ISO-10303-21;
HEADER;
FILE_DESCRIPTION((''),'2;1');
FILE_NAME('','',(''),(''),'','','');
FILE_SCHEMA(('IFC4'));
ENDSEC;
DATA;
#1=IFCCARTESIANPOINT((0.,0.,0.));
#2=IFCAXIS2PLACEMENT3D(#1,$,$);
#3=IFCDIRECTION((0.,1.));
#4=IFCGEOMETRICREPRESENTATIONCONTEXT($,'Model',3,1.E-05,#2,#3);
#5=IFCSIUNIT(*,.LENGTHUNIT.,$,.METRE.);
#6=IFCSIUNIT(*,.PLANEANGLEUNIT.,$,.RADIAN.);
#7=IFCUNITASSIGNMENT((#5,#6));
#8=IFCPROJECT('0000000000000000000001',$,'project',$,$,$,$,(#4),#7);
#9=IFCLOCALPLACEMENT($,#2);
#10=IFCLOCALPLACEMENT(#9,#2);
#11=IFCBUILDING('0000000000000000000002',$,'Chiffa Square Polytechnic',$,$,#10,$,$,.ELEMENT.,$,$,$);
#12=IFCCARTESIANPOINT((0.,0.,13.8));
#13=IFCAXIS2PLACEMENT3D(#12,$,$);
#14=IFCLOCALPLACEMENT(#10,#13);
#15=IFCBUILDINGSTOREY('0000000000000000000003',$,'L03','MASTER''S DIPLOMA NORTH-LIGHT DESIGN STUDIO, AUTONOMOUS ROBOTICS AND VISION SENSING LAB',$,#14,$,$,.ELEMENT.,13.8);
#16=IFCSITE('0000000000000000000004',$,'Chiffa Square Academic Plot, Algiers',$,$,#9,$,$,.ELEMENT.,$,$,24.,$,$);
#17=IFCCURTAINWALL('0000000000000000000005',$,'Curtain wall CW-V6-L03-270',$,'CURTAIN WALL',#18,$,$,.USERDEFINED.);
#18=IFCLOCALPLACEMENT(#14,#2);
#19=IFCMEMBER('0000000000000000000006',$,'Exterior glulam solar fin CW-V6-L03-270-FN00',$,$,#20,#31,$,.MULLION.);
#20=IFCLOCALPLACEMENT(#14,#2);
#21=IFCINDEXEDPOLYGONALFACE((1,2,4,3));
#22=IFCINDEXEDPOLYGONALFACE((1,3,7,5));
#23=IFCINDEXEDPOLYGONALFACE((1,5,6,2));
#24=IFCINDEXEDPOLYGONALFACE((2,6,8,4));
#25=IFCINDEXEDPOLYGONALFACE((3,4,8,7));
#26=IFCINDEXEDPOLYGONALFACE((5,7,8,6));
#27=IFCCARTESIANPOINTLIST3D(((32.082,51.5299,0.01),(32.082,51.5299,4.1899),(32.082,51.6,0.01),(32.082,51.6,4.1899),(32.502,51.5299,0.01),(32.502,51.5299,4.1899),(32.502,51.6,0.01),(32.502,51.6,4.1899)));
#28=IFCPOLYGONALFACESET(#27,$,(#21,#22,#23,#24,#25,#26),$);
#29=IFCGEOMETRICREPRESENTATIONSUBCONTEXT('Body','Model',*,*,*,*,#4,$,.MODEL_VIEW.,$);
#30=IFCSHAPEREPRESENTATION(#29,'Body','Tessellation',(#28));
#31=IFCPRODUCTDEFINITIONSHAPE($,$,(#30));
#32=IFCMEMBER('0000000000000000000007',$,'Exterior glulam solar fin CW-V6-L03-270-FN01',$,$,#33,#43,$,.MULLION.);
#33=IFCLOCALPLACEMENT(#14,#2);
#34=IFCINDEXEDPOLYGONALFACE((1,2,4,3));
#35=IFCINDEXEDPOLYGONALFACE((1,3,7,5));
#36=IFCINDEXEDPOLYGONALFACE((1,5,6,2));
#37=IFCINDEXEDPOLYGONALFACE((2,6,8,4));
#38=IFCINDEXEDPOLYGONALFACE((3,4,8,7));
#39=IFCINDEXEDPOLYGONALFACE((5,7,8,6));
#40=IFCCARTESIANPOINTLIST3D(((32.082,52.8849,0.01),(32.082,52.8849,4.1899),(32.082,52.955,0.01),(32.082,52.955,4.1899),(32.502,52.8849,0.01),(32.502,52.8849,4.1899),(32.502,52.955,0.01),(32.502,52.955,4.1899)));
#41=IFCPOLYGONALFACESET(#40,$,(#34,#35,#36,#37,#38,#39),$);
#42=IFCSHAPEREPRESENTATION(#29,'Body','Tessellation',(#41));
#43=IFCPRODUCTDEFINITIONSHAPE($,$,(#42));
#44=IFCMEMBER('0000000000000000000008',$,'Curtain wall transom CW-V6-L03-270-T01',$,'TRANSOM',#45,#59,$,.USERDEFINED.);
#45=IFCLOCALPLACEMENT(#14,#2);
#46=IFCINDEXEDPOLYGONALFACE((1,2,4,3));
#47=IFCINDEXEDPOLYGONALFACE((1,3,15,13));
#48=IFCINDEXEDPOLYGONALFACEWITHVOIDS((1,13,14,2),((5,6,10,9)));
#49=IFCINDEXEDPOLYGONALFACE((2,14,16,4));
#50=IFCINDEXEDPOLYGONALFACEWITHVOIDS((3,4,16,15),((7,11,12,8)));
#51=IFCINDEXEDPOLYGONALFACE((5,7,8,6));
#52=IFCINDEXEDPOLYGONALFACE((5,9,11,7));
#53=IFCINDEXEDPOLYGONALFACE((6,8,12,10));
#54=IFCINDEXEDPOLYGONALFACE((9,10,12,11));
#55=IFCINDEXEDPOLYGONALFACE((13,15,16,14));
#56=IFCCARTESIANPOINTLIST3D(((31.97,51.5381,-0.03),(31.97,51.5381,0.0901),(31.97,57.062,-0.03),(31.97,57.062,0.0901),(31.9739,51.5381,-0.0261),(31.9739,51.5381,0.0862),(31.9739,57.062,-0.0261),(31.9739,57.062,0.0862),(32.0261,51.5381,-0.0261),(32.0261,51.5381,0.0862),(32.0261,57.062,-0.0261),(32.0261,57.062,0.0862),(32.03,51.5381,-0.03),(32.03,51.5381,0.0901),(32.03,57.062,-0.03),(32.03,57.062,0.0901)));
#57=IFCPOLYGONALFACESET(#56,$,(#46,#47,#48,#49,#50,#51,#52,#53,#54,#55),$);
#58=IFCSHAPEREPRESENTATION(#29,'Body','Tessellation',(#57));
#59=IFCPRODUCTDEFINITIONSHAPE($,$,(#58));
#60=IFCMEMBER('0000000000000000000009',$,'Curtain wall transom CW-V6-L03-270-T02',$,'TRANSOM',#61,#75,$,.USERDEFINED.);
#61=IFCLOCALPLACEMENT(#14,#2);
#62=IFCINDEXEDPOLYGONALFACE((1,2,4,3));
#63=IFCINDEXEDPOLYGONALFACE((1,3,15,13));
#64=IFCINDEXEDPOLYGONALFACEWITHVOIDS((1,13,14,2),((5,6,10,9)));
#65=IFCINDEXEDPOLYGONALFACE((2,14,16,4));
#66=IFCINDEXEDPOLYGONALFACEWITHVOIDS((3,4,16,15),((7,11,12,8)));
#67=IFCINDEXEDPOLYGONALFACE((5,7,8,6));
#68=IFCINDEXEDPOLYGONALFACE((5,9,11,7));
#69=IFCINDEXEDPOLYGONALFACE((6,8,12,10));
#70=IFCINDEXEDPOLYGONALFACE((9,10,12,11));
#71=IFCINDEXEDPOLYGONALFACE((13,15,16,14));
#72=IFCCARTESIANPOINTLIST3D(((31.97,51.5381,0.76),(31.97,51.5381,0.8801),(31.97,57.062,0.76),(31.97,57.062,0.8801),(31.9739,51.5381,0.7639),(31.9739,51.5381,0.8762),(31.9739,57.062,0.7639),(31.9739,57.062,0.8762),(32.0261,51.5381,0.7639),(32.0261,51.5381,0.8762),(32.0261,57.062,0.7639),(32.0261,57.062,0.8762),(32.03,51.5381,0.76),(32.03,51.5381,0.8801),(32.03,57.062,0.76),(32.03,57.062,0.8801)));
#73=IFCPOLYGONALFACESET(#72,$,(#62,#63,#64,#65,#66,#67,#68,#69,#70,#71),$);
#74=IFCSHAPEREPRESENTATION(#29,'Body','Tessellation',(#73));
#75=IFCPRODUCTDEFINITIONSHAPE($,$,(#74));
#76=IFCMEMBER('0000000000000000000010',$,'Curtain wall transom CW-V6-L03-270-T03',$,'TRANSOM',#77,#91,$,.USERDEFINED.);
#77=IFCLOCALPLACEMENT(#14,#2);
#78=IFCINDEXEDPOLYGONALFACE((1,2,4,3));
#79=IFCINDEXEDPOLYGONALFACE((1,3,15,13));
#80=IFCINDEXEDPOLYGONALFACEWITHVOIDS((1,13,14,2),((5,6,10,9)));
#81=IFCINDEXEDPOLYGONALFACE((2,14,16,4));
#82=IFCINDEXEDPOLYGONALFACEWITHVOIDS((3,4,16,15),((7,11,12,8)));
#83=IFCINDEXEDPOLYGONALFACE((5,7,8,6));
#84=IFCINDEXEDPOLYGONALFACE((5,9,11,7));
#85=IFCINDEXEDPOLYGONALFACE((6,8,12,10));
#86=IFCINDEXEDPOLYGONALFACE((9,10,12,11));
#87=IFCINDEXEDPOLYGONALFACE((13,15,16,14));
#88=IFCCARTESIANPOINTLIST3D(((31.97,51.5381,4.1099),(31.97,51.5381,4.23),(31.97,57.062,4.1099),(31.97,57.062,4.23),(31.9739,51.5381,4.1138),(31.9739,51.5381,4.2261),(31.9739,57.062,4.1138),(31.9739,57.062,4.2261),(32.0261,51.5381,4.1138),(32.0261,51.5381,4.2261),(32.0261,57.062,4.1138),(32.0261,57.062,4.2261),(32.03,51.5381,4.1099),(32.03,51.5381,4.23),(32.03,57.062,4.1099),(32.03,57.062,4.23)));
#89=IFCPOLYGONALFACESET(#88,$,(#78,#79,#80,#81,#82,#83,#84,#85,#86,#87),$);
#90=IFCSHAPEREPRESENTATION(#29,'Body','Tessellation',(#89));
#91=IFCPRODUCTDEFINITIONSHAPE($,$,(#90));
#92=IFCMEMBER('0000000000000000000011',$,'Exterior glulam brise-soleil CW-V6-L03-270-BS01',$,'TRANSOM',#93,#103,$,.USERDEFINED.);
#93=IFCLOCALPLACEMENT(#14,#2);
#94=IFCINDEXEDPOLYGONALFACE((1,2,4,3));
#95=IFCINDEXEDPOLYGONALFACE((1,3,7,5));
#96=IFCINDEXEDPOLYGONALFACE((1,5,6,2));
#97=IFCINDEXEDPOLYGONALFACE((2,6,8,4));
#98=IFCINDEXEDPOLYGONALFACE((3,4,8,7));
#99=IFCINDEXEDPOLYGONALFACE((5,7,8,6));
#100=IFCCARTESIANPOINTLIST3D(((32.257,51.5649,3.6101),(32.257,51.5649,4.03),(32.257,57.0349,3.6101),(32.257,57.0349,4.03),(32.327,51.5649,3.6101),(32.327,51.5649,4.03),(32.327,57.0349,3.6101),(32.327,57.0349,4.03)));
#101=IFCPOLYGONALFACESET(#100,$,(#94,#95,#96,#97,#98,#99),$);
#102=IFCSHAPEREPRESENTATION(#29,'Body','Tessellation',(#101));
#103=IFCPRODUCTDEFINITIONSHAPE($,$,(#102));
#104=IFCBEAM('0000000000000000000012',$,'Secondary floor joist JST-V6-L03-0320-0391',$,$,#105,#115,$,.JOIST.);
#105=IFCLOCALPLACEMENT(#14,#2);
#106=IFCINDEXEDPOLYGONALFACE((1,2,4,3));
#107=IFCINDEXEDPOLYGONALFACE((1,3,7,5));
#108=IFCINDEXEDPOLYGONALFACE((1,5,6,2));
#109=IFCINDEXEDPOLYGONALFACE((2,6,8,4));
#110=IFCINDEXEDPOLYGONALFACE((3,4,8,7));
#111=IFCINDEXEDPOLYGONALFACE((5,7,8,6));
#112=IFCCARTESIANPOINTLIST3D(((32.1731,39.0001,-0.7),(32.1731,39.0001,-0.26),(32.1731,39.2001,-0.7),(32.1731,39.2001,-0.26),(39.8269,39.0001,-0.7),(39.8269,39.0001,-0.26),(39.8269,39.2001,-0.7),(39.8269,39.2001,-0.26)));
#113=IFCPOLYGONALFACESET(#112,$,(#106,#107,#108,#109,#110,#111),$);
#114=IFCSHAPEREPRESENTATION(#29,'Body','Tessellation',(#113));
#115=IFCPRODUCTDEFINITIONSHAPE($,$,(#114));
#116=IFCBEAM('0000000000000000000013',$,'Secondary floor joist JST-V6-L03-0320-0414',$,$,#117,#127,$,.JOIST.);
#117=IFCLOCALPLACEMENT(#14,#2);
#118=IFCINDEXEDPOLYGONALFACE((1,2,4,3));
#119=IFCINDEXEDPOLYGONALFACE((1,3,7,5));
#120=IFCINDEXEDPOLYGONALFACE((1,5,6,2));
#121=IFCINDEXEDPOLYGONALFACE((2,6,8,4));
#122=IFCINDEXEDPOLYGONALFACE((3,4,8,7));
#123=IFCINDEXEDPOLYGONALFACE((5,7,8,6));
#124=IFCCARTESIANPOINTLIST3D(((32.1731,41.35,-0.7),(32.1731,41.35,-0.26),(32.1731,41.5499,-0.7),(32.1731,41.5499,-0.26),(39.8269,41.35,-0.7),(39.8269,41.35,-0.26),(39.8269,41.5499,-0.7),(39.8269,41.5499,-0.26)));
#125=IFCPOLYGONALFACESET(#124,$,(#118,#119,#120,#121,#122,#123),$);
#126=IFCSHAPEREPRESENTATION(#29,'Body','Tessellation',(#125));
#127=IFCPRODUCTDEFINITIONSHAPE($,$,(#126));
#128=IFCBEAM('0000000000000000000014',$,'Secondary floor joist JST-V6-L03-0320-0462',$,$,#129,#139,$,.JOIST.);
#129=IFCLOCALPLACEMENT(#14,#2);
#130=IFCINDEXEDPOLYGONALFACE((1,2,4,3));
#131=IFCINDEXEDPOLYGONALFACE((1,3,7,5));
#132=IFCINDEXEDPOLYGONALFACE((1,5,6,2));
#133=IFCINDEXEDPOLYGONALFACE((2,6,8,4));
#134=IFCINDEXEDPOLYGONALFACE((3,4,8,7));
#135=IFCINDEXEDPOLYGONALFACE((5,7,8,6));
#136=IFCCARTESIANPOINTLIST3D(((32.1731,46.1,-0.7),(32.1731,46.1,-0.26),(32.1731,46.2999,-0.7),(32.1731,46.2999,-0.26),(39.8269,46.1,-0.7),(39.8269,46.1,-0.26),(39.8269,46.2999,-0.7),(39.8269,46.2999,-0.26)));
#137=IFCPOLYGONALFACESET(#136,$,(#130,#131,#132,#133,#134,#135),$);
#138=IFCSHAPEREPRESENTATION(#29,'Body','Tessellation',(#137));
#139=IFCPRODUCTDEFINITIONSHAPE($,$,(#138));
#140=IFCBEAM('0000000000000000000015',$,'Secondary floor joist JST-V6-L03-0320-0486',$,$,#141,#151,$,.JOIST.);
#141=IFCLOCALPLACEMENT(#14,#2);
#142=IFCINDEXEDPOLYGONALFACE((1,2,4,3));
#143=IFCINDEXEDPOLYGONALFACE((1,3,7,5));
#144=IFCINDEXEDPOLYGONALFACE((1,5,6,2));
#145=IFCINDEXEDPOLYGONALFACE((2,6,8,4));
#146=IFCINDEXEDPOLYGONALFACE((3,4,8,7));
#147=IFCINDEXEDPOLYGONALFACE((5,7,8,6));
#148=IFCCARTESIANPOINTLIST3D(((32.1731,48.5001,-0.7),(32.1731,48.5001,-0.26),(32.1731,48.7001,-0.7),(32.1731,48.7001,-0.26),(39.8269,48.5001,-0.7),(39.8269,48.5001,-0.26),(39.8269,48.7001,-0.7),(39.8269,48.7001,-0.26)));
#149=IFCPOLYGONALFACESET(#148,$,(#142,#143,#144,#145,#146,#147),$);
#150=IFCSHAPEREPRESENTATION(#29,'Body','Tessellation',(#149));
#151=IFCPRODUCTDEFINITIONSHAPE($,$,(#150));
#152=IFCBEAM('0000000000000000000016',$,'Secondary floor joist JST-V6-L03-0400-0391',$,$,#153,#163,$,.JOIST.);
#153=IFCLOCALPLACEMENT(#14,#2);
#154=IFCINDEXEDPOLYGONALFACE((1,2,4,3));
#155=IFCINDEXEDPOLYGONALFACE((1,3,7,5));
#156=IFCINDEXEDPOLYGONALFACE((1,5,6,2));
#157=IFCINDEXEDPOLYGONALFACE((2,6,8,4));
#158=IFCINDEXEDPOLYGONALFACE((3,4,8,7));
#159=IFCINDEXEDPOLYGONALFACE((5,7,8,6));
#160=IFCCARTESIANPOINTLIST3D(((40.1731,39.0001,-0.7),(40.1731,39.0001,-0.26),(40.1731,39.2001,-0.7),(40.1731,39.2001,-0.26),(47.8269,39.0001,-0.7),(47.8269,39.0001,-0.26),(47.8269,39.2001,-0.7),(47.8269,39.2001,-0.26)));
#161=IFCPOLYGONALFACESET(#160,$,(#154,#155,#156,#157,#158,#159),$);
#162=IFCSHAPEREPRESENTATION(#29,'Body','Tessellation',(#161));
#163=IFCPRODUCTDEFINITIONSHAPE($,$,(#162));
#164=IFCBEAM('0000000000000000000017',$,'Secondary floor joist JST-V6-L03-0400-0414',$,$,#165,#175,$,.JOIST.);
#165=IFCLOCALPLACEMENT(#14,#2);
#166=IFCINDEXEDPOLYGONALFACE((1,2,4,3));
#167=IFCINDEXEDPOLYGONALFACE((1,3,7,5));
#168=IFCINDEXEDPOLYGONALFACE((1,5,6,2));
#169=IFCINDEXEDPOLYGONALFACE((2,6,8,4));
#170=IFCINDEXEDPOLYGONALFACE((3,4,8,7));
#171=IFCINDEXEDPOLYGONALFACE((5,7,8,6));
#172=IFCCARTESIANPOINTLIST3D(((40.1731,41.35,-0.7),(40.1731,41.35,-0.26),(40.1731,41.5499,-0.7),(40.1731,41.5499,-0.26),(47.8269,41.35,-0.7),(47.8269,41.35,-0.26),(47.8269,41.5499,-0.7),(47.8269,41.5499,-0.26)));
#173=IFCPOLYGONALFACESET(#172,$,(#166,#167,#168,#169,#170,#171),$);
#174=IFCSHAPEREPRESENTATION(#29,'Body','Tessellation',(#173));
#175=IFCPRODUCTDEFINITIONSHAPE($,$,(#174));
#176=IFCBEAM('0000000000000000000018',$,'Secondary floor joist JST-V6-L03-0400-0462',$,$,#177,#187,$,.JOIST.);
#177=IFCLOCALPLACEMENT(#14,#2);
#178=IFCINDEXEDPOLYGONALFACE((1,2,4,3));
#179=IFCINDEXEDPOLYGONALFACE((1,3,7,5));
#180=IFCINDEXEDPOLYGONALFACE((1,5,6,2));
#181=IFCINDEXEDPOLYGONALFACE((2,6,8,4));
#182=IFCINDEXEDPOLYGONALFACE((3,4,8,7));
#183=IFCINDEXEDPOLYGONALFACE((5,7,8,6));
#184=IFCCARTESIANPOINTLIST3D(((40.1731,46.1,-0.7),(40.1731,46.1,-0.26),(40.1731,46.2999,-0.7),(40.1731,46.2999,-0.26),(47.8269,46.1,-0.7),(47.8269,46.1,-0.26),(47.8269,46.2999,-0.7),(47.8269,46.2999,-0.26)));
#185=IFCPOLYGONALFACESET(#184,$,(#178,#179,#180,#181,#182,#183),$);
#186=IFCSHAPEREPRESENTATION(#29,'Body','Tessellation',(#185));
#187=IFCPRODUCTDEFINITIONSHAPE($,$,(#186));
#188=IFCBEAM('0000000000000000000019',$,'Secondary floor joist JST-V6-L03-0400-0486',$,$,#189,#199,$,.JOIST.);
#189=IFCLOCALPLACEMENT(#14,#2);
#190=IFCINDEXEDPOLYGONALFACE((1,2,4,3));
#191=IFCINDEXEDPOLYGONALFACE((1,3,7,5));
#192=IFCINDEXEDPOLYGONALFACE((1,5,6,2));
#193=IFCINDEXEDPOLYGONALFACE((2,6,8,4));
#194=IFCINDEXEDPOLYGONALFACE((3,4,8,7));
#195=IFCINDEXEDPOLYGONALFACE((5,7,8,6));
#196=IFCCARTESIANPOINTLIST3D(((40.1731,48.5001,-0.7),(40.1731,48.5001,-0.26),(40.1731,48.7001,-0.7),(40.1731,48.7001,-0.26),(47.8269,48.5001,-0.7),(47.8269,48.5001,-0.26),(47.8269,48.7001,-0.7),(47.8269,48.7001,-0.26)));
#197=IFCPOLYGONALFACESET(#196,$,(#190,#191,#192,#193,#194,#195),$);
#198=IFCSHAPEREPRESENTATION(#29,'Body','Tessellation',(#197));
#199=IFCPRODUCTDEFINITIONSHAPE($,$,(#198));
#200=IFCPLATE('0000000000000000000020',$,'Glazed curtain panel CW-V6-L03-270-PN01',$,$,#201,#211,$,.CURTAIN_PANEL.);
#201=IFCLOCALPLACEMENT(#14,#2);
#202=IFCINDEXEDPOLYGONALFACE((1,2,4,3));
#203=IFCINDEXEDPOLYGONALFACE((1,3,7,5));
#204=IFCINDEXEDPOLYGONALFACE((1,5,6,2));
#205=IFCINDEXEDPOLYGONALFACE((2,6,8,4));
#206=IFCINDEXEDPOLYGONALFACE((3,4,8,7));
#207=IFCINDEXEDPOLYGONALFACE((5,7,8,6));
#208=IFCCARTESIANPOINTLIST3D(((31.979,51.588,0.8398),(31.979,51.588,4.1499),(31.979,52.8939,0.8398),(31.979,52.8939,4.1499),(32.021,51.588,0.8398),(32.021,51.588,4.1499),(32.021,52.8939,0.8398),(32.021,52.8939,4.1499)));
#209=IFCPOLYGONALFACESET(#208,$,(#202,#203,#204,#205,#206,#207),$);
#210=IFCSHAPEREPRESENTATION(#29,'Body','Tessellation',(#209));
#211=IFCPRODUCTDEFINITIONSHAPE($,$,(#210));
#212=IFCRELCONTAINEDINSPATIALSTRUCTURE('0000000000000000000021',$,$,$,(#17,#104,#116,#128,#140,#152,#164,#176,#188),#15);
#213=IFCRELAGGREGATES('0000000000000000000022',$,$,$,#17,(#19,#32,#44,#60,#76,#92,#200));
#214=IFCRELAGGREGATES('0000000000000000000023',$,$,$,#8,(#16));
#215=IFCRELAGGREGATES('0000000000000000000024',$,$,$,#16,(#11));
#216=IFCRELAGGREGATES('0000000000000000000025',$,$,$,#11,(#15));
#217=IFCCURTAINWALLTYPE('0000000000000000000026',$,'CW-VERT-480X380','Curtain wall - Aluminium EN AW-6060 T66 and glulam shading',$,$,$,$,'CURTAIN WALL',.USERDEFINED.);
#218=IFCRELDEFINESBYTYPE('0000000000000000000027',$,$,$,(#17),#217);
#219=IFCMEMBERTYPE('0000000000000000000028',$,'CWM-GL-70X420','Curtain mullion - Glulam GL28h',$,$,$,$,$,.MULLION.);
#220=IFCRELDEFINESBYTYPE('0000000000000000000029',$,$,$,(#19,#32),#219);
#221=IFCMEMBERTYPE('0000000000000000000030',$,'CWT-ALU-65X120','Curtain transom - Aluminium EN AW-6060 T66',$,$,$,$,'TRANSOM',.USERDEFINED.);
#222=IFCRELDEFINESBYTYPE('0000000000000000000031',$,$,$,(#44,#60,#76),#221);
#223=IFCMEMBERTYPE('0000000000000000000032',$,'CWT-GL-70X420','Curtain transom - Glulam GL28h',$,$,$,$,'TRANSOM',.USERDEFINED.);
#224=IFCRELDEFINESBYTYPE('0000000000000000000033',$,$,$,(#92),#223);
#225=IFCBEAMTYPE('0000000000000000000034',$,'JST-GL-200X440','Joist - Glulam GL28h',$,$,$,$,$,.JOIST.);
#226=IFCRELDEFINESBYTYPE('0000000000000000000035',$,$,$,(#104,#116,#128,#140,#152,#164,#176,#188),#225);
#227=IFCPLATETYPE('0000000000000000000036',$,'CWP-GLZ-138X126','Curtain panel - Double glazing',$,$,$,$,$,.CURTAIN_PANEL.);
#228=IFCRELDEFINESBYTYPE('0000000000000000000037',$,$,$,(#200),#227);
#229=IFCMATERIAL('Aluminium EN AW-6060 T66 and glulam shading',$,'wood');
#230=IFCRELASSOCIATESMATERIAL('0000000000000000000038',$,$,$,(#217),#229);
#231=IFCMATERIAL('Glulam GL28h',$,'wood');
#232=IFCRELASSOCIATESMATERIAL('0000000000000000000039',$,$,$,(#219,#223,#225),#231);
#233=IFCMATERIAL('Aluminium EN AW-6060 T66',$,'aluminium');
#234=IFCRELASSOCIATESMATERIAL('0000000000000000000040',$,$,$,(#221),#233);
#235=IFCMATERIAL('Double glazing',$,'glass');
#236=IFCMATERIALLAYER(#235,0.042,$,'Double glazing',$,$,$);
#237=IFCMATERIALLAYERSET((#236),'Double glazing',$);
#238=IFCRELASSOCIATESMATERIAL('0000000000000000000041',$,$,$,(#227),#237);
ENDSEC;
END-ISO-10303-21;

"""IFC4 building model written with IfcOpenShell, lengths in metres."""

from ifc_helpers import new_model, si_unit, direction, frame, origin, origin_2d, place, context, subcontext, project, spatial, rectangle, hollow_rectangle, extrude, material, layer, layer_set, material_profile, profile_set, type_object, element, aggregate, save


model = new_model("IFC4")

# Units and contexts
model_context = context("Model", 3, precision=1e-05, world=origin(), true_north=direction((0.0, 1.0)))
body_context = subcontext(model_context, "Body", "Model", "MODEL_VIEW")
ifc_project = project(units=[si_unit("LENGTHUNIT", "METRE"), si_unit("PLANEANGLEUNIT", "RADIAN")], contexts=[model_context])

# Site, building, storey
site_placement = place(None, origin())
site = spatial("IfcSite", under=ifc_project, at=site_placement, Name="Chiffa Square Academic Plot, Algiers", CompositionType="ELEMENT", RefElevation=24.0)
building_placement = place(site_placement, origin())
building = spatial("IfcBuilding", under=site, at=building_placement, Name="Chiffa Square Polytechnic", CompositionType="ELEMENT")
storey_placement = place(building_placement, frame((0.0, 0.0, 13.8)))
storey = spatial("IfcBuildingStorey", under=building, at=storey_placement, Name="L03", Description="MASTER'S DIPLOMA NORTH-LIGHT DESIGN STUDIO, AUTONOMOUS ROBOTICS AND VISION SENSING LAB", CompositionType="ELEMENT", Elevation=13.8)

# Curtain wall, members
ifc_material_1 = material(Name="Aluminium EN AW-6060 T66 and glulam shading", Category="wood")
curtain_wall_type = type_object("IfcCurtainWallType", Name="CW-VERT-480X380", Description="Curtain wall - Aluminium EN AW-6060 T66 and glulam shading", ElementType="CURTAIN WALL", PredefinedType="USERDEFINED", material=ifc_material_1)
curtain_wall_placement = place(storey_placement, origin())
curtain_wall = element("IfcCurtainWall", 1, at=curtain_wall_placement, inside=storey, type_object=curtain_wall_type, Name="Curtain wall CW-V6-L03-270", ObjectType="CURTAIN WALL", PredefinedType="USERDEFINED")
ifc_material_2 = material(Name="Aluminium EN AW-6060 T66", Category="aluminium")
ifc_material_3 = material(Name="Glulam GL28h", Category="wood")
ifc_material_profile_1 = material_profile(ifc_material_3, rectangle(XDim=0.0701, YDim=0.4199, at=origin_2d()), Name="GL28h 70x420")
ifc_profile_set_1 = profile_set([ifc_material_profile_1], Name="Glulam GL28h")
member_type_1 = type_object("IfcMemberType", Name="CWM-GL-70X420", Description="Curtain mullion - Glulam GL28h", PredefinedType="MULLION", material=ifc_profile_set_1)
member_1_placement = place(storey_placement, frame((32.292, 51.5649, 0.01), z_axis=(0.0, 0.0, 1.0), x_axis=(0.0, 1.0, 0.0)))
member_1 = element("IfcMember", 2, at=member_1_placement, type_object=member_type_1, Name="Exterior glulam solar fin CW-V6-L03-270-FN00", PredefinedType="MULLION", context=body_context, shape_type="SweptSolid", body=[
    extrude(rectangle(XDim=0.0701, YDim=0.4199, at=origin_2d()), origin(), (0.0, 0.0, 1.0), 4.1799),
])
member_2_placement = place(storey_placement, frame((32.292, 52.9199, 0.01), z_axis=(0.0, 0.0, 1.0), x_axis=(0.0, 1.0, 0.0)))
member_2 = element("IfcMember", 3, at=member_2_placement, type_object=member_type_1, Name="Exterior glulam solar fin CW-V6-L03-270-FN01", PredefinedType="MULLION", context=body_context, shape_type="SweptSolid", body=[
    extrude(rectangle(XDim=0.0701, YDim=0.4199, at=origin_2d()), origin(), (0.0, 0.0, 1.0), 4.1799),
])
ifc_material_profile_2 = material_profile(ifc_material_2, hollow_rectangle(XDim=0.0601, YDim=0.1201, WallThickness=0.0039, at=origin_2d()), Name="ALU 60x120x4")
ifc_profile_set_2 = profile_set([ifc_material_profile_2], Name="Aluminium EN AW-6060 T66")
member_type_2 = type_object("IfcMemberType", Name="CWT-ALU-65X120", Description="Curtain transom - Aluminium EN AW-6060 T66", ElementType="TRANSOM", PredefinedType="USERDEFINED", material=ifc_profile_set_2)
member_3_placement = place(storey_placement, frame((32.0, 51.5381, 0.03), z_axis=(0.0, 1.0, 0.0), x_axis=(-1.0, 0.0, 0.0)))
member_3 = element("IfcMember", 4, at=member_3_placement, type_object=member_type_2, Name="Curtain wall transom CW-V6-L03-270-T01", ObjectType="TRANSOM", PredefinedType="USERDEFINED", context=body_context, shape_type="SweptSolid", body=[
    extrude(hollow_rectangle(XDim=0.0601, YDim=0.1201, WallThickness=0.0039, at=origin_2d()), origin(), (0.0, 0.0, 1.0), 5.5239),
])
member_4_placement = place(storey_placement, frame((32.0, 51.5381, 0.8201), z_axis=(0.0, 1.0, 0.0), x_axis=(-1.0, 0.0, 0.0)))
member_4 = element("IfcMember", 5, at=member_4_placement, type_object=member_type_2, Name="Curtain wall transom CW-V6-L03-270-T02", ObjectType="TRANSOM", PredefinedType="USERDEFINED", context=body_context, shape_type="SweptSolid", body=[
    extrude(hollow_rectangle(XDim=0.0601, YDim=0.1201, WallThickness=0.0039, at=origin_2d()), origin(), (0.0, 0.0, 1.0), 5.5239),
])
member_5_placement = place(storey_placement, frame((32.0, 51.5381, 4.1699), z_axis=(0.0, 1.0, 0.0), x_axis=(-1.0, 0.0, 0.0)))
member_5 = element("IfcMember", 6, at=member_5_placement, type_object=member_type_2, Name="Curtain wall transom CW-V6-L03-270-T03", ObjectType="TRANSOM", PredefinedType="USERDEFINED", context=body_context, shape_type="SweptSolid", body=[
    extrude(hollow_rectangle(XDim=0.0601, YDim=0.1201, WallThickness=0.0039, at=origin_2d()), origin(), (0.0, 0.0, 1.0), 5.5239),
])
ifc_material_profile_3 = material_profile(ifc_material_3, rectangle(XDim=0.0701, YDim=0.4199, at=origin_2d()), Name="GL28h 70x420")
ifc_profile_set_3 = profile_set([ifc_material_profile_3], Name="Glulam GL28h")
member_type_3 = type_object("IfcMemberType", Name="CWT-GL-70X420", Description="Curtain transom - Glulam GL28h", ElementType="TRANSOM", PredefinedType="USERDEFINED", material=ifc_profile_set_3)
member_6_placement = place(storey_placement, frame((32.292, 51.5649, 3.8201), z_axis=(0.0, 1.0, 0.0), x_axis=(-1.0, 0.0, 0.0)))
member_6 = element("IfcMember", 7, at=member_6_placement, type_object=member_type_3, Name="Exterior glulam brise-soleil CW-V6-L03-270-BS01", ObjectType="TRANSOM", PredefinedType="USERDEFINED", context=body_context, shape_type="SweptSolid", body=[
    extrude(rectangle(XDim=0.0701, YDim=0.4199, at=origin_2d()), origin(), (0.0, 0.0, 1.0), 5.47),
])

# Beams
ifc_material_profile_4 = material_profile(ifc_material_3, rectangle(XDim=0.2, YDim=0.4399, at=origin_2d()), Name="GL28h 200x440")
ifc_profile_set_4 = profile_set([ifc_material_profile_4], Name="Glulam GL28h")
beam_type_1 = type_object("IfcBeamType", Name="JST-GL-200X440", Description="Joist - Glulam GL28h", PredefinedType="JOIST", material=ifc_profile_set_4)
for number, where, z_axis, x_axis, name in (
    (8, (32.1731, 39.1001, -0.48), (1.0, 0.0, 0.0), (0.0, 1.0, 0.0), "Secondary floor joist JST-V6-L03-0320-0391"),
    (9, (32.1731, 41.45, -0.48), (1.0, 0.0, 0.0), (0.0, 1.0, 0.0), "Secondary floor joist JST-V6-L03-0320-0414"),
    (10, (32.1731, 46.2, -0.48), (1.0, 0.0, 0.0), (0.0, 1.0, 0.0), "Secondary floor joist JST-V6-L03-0320-0462"),
    (11, (32.1731, 48.6001, -0.48), (1.0, 0.0, 0.0), (0.0, 1.0, 0.0), "Secondary floor joist JST-V6-L03-0320-0486"),
    (12, (40.1731, 39.1001, -0.48), (1.0, 0.0, 0.0), (0.0, 1.0, 0.0), "Secondary floor joist JST-V6-L03-0400-0391"),
    (13, (40.1731, 41.45, -0.48), (1.0, 0.0, 0.0), (0.0, 1.0, 0.0), "Secondary floor joist JST-V6-L03-0400-0414"),
    (14, (40.1731, 46.2, -0.48), (1.0, 0.0, 0.0), (0.0, 1.0, 0.0), "Secondary floor joist JST-V6-L03-0400-0462"),
    (15, (40.1731, 48.6001, -0.48), (1.0, 0.0, 0.0), (0.0, 1.0, 0.0), "Secondary floor joist JST-V6-L03-0400-0486"),
):
    element("IfcBeam", number, at=place(storey_placement, frame(where, z_axis=z_axis, x_axis=x_axis)), inside=storey, type_object=beam_type_1, Name=name, PredefinedType="JOIST", context=body_context, shape_type="SweptSolid", body=[
        extrude(rectangle(XDim=0.2, YDim=0.4399, at=origin_2d()), origin(), (0.0, 0.0, 1.0), 7.6538),
    ])

# Plate
ifc_material_4 = material(Name="Double glazing", Category="glass")
ifc_layer_1 = layer(ifc_material_4, 0.042, Name="Double glazing")
ifc_layer_set_1 = layer_set([ifc_layer_1], Name="Double glazing")
plate_type_1 = type_object("IfcPlateType", Name="CWP-GLZ-138X126", Description="Curtain panel - Double glazing", PredefinedType="CURTAIN_PANEL", material=ifc_layer_set_1)
plate_1_placement = place(storey_placement, frame((32.0, 52.241, 0.8398), z_axis=(0.0, 0.0, 1.0), x_axis=(0.0, 1.0, 0.0)))
plate_1 = element("IfcPlate", 16, at=plate_1_placement, type_object=plate_type_1, Name="Glazed curtain panel CW-V6-L03-270-PN01", PredefinedType="CURTAIN_PANEL", context=body_context, shape_type="SweptSolid", body=[
    extrude(rectangle(XDim=1.3059, YDim=0.042, at=origin_2d()), origin(), (0.0, 0.0, 1.0), 3.3101),
])
aggregate(curtain_wall, [member_1, member_2, member_3, member_4, member_5, member_6, plate_1])

save(model, "model.ifc")
